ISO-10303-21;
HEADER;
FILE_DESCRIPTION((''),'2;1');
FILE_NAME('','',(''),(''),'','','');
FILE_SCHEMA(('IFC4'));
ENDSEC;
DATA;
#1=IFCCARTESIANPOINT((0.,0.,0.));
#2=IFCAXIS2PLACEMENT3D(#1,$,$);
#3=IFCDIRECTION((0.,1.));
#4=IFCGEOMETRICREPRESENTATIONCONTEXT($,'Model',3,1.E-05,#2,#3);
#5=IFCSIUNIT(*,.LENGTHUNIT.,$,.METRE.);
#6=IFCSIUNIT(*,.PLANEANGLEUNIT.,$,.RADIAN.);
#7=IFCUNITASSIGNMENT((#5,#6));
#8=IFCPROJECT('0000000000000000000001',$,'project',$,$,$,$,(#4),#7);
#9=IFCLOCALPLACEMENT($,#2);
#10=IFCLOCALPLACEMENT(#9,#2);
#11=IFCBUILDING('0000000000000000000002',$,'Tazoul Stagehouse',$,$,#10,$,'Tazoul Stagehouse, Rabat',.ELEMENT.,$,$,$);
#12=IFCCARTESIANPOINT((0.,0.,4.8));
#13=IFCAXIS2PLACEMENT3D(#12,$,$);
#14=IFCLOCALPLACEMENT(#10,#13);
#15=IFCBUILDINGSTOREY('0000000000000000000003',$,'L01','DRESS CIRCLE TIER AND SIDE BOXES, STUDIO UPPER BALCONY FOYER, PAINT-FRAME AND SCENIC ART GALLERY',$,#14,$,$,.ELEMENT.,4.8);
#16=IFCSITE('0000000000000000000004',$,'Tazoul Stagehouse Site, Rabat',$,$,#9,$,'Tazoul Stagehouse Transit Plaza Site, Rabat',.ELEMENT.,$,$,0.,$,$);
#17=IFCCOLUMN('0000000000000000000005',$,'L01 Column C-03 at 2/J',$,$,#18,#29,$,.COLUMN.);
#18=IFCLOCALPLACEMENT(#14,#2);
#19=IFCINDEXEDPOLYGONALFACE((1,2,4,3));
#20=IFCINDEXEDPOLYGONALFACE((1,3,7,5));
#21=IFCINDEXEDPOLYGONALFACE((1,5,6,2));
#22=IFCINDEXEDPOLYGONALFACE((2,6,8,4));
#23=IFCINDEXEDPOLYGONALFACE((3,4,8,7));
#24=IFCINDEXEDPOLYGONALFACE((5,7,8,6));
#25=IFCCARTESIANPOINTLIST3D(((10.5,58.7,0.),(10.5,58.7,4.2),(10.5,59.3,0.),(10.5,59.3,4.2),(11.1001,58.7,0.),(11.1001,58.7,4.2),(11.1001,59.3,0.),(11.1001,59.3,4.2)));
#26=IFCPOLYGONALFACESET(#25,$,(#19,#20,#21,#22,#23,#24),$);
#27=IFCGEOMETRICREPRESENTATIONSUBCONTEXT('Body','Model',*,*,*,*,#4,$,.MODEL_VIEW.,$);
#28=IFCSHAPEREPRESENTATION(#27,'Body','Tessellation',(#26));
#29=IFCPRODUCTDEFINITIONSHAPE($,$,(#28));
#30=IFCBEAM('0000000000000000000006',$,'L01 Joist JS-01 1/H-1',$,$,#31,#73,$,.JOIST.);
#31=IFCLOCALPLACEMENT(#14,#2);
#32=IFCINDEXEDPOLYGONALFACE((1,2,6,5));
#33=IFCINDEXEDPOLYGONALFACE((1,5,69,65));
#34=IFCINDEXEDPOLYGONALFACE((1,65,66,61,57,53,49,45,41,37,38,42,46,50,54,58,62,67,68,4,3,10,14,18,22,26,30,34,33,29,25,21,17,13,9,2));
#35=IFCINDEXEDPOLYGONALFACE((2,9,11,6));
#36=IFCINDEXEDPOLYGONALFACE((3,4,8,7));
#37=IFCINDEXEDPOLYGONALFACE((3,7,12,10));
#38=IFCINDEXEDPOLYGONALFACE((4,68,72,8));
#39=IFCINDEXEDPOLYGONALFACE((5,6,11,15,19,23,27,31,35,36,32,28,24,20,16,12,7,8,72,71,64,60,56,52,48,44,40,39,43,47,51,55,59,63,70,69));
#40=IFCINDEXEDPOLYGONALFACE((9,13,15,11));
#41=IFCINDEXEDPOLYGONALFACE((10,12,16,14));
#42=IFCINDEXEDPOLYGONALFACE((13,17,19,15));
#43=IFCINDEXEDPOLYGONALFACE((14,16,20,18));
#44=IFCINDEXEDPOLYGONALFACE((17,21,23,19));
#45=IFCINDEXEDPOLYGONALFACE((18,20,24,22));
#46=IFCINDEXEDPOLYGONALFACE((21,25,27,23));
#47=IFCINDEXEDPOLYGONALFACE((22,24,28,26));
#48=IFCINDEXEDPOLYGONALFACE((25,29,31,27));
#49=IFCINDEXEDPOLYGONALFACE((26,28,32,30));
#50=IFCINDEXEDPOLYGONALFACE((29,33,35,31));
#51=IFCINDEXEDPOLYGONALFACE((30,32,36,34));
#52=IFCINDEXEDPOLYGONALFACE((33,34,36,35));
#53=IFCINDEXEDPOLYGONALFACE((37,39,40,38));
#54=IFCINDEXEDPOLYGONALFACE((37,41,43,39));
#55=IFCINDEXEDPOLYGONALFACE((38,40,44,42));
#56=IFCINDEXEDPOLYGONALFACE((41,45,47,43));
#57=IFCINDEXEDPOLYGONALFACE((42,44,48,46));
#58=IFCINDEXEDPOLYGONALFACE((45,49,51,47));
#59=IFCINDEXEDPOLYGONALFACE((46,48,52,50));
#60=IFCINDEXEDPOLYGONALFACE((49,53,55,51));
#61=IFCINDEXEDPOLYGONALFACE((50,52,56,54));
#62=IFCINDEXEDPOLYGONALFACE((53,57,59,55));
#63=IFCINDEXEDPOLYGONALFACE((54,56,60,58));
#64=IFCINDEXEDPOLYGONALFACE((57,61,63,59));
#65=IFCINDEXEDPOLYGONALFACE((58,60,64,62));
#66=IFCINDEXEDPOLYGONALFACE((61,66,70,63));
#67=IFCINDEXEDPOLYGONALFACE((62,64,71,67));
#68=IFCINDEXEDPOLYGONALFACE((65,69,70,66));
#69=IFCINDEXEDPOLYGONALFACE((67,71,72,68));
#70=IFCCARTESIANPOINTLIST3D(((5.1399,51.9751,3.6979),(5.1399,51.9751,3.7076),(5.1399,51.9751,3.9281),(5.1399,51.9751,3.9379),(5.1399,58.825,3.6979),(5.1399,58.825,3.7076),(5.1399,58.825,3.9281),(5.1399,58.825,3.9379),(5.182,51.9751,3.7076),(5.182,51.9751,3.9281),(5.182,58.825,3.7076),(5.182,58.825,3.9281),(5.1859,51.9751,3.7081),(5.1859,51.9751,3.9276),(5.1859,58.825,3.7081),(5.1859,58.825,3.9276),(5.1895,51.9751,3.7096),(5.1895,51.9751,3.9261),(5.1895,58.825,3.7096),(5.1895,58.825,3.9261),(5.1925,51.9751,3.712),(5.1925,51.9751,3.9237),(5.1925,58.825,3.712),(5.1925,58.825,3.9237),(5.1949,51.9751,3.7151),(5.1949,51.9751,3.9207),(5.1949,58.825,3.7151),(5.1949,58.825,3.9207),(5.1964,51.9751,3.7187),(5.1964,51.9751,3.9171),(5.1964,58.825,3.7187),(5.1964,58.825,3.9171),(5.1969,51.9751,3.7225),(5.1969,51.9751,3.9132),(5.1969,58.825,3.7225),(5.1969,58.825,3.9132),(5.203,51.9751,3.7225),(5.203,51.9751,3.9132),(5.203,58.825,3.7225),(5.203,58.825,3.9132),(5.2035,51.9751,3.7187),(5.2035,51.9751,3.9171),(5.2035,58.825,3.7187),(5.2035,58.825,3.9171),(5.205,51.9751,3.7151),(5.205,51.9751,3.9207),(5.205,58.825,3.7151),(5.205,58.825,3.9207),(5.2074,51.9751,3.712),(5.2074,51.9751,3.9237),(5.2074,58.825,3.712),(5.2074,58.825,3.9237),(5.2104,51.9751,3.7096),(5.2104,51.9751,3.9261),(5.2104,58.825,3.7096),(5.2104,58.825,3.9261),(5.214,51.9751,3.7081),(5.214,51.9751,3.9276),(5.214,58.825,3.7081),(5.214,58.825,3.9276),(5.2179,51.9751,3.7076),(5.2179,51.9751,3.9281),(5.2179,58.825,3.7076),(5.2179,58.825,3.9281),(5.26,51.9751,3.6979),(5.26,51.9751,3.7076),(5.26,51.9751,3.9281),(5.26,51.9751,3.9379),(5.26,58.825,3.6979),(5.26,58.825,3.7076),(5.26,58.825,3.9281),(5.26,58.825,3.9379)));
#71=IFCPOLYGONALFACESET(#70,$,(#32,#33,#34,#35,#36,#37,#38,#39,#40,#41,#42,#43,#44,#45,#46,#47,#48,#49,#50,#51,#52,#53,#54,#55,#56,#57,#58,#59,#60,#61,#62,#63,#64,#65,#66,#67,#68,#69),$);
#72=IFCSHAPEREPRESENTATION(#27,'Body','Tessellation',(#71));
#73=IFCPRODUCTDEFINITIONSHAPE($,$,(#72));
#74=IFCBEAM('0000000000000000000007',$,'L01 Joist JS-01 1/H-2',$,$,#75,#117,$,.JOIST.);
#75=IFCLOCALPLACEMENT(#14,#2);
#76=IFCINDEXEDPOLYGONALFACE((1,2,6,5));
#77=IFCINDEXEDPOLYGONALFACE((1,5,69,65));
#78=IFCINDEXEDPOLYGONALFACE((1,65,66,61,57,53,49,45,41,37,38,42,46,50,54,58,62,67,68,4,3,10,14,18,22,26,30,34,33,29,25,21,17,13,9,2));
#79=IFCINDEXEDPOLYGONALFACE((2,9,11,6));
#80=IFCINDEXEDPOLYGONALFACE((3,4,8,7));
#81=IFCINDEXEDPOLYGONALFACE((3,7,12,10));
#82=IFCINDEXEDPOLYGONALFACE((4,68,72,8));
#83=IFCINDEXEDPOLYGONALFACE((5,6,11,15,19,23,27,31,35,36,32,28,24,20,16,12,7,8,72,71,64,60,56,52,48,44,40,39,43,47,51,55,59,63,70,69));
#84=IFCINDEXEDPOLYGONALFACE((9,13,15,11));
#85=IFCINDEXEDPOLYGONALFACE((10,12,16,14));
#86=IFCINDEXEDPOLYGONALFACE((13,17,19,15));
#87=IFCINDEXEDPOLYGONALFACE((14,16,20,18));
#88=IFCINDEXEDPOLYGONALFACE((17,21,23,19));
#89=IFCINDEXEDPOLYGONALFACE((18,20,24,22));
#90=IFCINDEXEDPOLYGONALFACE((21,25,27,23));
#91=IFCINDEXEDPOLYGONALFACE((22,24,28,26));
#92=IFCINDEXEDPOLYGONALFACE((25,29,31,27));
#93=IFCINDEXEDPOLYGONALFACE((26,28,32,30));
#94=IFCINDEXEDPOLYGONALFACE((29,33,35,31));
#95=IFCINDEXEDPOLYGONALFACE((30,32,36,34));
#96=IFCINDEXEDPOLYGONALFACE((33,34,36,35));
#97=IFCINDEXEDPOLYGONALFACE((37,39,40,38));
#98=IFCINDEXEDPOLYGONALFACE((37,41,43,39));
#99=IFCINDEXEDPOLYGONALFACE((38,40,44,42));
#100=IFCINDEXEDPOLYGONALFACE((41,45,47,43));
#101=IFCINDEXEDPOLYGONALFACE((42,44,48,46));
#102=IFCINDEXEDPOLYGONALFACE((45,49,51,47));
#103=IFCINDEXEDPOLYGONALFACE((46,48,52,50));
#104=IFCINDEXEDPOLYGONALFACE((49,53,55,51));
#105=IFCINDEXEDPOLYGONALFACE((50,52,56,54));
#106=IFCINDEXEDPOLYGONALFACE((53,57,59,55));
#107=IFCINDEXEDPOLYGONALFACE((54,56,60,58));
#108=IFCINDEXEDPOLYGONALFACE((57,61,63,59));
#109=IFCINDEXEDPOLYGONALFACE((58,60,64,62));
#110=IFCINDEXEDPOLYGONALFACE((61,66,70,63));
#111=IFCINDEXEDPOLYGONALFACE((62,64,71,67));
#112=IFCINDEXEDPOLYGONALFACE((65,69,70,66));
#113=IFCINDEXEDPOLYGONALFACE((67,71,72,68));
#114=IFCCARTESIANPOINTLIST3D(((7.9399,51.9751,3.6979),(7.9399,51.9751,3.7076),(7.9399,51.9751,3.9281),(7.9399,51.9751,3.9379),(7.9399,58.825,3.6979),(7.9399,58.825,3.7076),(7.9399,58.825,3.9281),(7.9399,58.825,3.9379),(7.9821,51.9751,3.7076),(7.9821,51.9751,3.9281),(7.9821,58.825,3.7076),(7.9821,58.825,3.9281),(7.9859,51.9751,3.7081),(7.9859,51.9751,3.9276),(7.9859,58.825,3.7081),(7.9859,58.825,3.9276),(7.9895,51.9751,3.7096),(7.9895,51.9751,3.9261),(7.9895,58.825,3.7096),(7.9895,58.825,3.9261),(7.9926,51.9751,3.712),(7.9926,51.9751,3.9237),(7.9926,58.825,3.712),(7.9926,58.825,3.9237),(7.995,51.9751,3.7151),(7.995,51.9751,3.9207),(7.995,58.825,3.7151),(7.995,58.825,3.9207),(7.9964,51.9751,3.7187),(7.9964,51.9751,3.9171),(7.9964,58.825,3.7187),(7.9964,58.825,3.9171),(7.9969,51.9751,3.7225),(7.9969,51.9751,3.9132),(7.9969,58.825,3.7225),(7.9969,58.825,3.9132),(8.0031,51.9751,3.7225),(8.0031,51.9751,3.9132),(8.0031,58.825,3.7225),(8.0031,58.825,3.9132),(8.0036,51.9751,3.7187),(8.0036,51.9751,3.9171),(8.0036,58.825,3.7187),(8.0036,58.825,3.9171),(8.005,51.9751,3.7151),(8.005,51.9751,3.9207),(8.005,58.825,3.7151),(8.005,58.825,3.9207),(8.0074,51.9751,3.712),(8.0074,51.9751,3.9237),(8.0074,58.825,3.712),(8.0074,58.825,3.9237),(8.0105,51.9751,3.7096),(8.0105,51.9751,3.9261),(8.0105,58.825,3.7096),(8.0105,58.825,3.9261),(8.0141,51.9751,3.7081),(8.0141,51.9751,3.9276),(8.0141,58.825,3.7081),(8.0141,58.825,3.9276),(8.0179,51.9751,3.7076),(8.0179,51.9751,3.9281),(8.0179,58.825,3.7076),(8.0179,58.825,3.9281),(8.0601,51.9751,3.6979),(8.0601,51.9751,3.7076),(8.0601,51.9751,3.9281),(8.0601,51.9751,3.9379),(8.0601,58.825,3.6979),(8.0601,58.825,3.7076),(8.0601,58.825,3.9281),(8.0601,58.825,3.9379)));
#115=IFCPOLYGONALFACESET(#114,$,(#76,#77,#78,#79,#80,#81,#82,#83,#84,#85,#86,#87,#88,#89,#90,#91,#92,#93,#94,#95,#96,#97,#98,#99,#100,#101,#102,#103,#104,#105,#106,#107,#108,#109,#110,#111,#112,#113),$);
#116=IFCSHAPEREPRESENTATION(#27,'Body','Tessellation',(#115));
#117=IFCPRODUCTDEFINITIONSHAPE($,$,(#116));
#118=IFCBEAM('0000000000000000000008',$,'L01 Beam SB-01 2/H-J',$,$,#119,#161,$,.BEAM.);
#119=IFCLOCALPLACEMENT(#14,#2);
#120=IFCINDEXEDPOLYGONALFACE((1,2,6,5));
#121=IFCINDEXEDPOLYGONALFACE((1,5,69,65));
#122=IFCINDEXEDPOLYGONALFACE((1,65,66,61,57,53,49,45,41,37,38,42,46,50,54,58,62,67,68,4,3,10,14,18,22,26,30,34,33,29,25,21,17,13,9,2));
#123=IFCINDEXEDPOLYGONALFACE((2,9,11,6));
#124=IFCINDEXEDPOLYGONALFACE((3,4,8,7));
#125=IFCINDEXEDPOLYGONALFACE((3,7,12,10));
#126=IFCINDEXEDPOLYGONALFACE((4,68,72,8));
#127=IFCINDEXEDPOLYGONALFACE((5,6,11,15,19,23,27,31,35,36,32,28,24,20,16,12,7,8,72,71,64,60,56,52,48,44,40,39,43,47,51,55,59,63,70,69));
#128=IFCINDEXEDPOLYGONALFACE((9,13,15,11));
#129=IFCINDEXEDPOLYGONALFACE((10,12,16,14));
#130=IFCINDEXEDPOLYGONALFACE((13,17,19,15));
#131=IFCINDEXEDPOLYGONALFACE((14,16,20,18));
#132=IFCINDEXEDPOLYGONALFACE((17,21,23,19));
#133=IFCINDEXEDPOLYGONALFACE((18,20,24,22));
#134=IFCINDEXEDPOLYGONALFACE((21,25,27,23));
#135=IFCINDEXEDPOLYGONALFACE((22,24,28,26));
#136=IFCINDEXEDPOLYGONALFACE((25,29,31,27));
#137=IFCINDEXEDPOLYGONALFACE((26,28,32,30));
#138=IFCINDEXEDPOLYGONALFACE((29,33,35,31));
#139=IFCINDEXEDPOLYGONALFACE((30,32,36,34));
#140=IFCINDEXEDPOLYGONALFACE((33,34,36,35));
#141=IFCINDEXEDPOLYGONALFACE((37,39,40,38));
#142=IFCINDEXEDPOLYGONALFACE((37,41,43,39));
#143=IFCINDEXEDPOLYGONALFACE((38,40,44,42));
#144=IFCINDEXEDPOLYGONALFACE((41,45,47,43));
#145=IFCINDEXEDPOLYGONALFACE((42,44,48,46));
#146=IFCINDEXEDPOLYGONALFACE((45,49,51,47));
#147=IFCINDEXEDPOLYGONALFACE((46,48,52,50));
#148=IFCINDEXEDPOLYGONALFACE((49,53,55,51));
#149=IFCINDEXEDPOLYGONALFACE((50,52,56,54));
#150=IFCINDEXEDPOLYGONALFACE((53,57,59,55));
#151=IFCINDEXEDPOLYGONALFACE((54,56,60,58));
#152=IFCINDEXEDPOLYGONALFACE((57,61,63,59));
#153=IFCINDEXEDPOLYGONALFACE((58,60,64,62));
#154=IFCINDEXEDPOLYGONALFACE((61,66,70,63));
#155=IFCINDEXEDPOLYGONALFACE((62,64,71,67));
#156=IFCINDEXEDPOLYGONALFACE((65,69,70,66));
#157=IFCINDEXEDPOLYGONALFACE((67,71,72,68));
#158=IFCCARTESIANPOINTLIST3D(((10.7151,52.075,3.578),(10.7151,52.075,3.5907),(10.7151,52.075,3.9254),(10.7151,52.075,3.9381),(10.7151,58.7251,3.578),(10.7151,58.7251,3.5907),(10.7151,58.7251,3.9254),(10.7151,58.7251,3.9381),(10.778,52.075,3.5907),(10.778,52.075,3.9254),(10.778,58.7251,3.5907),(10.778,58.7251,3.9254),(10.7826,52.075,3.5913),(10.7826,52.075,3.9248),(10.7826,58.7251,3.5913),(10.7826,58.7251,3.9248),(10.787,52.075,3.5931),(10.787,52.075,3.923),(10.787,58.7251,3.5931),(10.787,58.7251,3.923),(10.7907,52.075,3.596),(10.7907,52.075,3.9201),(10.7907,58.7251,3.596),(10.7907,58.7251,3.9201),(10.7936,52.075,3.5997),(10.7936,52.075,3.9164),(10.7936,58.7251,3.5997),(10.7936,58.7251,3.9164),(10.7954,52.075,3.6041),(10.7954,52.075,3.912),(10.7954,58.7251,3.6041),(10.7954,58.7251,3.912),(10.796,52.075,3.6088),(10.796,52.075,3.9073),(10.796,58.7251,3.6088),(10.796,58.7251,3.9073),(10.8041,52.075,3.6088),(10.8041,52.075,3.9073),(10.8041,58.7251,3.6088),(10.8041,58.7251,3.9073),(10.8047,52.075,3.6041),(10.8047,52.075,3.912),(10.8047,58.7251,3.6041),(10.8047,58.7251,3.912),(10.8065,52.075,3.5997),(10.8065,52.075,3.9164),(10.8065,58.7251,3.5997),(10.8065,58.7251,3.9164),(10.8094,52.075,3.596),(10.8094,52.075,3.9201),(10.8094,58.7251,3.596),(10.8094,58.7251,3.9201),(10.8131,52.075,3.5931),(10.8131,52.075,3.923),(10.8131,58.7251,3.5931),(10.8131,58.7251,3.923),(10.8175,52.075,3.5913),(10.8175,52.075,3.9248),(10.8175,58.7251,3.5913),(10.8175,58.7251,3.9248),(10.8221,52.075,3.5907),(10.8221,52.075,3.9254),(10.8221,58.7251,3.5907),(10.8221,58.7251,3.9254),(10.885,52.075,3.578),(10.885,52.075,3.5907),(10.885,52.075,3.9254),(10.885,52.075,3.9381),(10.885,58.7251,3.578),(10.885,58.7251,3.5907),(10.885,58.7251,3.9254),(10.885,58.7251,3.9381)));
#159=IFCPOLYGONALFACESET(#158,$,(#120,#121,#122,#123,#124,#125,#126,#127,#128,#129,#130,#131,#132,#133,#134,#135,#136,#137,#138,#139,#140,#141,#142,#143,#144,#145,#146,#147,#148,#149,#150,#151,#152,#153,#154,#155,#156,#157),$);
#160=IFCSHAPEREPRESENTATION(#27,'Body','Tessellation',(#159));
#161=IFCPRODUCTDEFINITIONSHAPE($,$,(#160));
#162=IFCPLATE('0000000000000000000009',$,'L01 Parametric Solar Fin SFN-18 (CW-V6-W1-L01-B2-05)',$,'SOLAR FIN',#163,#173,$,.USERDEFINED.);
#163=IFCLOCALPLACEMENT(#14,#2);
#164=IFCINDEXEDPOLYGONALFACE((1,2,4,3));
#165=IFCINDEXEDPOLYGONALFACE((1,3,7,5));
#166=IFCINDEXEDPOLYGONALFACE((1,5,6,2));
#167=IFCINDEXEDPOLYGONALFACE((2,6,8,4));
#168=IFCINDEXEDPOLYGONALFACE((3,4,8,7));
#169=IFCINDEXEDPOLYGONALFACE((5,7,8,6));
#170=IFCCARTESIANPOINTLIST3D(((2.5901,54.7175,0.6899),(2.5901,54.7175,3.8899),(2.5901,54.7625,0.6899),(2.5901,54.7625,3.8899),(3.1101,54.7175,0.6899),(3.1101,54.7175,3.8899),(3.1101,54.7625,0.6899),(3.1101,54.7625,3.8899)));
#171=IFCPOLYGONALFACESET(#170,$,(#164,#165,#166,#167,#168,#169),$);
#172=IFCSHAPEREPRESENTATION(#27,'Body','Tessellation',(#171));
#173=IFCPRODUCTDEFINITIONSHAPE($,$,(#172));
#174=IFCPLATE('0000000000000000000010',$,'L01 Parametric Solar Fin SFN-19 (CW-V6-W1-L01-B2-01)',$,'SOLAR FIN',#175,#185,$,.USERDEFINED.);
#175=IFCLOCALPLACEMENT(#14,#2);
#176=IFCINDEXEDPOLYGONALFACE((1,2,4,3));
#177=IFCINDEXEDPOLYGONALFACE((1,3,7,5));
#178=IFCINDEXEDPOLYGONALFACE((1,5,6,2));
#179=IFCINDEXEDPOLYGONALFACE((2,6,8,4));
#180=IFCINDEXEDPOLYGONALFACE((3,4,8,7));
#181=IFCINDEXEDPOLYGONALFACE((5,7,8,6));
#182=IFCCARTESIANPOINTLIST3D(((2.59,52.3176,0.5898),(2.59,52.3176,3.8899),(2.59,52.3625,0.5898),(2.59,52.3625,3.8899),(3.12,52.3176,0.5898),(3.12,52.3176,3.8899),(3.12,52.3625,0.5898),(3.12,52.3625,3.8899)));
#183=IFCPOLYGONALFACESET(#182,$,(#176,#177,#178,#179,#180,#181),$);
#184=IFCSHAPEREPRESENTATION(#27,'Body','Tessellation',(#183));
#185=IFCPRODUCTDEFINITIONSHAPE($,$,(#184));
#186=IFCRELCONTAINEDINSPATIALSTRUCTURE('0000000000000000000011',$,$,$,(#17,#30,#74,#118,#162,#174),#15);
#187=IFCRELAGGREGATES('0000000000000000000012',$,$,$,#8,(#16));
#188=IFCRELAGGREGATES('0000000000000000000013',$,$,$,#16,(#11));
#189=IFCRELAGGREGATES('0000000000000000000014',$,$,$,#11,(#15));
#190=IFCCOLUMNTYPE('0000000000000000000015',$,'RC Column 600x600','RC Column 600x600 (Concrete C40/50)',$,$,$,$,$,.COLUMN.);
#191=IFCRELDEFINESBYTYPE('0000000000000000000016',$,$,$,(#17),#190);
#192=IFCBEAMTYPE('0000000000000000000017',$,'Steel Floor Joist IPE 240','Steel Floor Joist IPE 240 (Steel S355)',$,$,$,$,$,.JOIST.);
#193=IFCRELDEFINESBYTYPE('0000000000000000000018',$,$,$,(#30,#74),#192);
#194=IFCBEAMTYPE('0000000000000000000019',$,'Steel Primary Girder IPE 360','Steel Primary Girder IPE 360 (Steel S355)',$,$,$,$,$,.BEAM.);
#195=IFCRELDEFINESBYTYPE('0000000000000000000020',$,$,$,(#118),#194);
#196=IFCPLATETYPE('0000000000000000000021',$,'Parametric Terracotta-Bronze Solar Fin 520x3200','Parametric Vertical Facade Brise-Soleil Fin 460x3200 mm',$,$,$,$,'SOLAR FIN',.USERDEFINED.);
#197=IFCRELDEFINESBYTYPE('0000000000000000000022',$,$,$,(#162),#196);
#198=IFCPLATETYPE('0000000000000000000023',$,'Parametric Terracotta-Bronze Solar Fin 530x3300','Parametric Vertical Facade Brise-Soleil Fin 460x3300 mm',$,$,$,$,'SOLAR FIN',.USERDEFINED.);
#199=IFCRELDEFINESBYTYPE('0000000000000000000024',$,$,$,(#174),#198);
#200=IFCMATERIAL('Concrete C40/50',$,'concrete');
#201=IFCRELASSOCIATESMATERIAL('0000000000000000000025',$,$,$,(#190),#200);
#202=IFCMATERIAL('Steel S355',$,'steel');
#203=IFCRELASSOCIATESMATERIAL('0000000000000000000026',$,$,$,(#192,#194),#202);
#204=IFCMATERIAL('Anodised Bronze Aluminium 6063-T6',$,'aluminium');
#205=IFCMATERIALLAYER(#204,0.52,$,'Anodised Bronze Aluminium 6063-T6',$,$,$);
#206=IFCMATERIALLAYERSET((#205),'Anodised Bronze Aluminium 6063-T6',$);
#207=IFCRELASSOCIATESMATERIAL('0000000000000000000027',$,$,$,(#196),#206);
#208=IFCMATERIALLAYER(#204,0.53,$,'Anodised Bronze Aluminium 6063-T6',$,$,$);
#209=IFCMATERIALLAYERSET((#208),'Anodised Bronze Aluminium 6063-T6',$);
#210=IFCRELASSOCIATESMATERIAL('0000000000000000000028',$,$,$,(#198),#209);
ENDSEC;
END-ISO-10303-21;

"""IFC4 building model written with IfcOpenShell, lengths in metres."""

from ifc_helpers import new_model, si_unit, direction, frame, origin, origin_2d, place, context, subcontext, project, spatial, rectangle, i_section, extrude, material, layer, layer_set, material_profile, profile_set, type_object, element, save


model = new_model("IFC4")

# Units and contexts
model_context = context("Model", 3, precision=1e-05, world=origin(), true_north=direction((0.0, 1.0)))
body_context = subcontext(model_context, "Body", "Model", "MODEL_VIEW")
ifc_project = project(units=[si_unit("LENGTHUNIT", "METRE"), si_unit("PLANEANGLEUNIT", "RADIAN")], contexts=[model_context])

# Site, building, storey
site_placement = place(None, origin())
site = spatial("IfcSite", under=ifc_project, at=site_placement, Name="Tazoul Stagehouse Site, Rabat", LongName="Tazoul Stagehouse Transit Plaza Site, Rabat", CompositionType="ELEMENT", RefElevation=0.0)
building_placement = place(site_placement, origin())
building = spatial("IfcBuilding", under=site, at=building_placement, Name="Tazoul Stagehouse", LongName="Tazoul Stagehouse, Rabat", CompositionType="ELEMENT")
storey_placement = place(building_placement, frame((0.0, 0.0, 4.8)))
storey = spatial("IfcBuildingStorey", under=building, at=storey_placement, Name="L01", Description="DRESS CIRCLE TIER AND SIDE BOXES, STUDIO UPPER BALCONY FOYER, PAINT-FRAME AND SCENIC ART GALLERY", CompositionType="ELEMENT", Elevation=4.8)

# Column
ifc_material_1 = material(Name="Concrete C40/50", Category="concrete")
ifc_material_profile_1 = material_profile(ifc_material_1, rectangle(XDim=0.6001, YDim=0.6001, at=origin_2d()), Name="RC 600x600")
ifc_profile_set_1 = profile_set([ifc_material_profile_1], Name="Concrete C40/50")
column_type = type_object("IfcColumnType", Name="RC Column 600x600", Description="RC Column 600x600 (Concrete C40/50)", PredefinedType="COLUMN", material=ifc_profile_set_1)
column_placement = place(storey_placement, frame((10.8, 59.0, 0.0), z_axis=(0.0, 0.0, 1.0), x_axis=(1.0, 0.0, 0.0)))
element("IfcColumn", 1, at=column_placement, inside=storey, type_object=column_type, Name="L01 Column C-03 at 2/J", PredefinedType="COLUMN", context=body_context, shape_type="SweptSolid", body=[
    extrude(rectangle(XDim=0.6001, YDim=0.6001, at=origin_2d()), origin(), (0.0, 0.0, 1.0), 4.2),
])

# Beams
ifc_material_2 = material(Name="Steel S355", Category="steel")
ifc_material_profile_2 = material_profile(ifc_material_2, i_section(OverallWidth=0.1201, OverallDepth=0.24, WebThickness=0.0061, FlangeThickness=0.0098, FilletRadius=0.0149, at=origin_2d()), Name="IPE 240")
ifc_profile_set_2 = profile_set([ifc_material_profile_2], Name="Steel S355")
beam_type_1 = type_object("IfcBeamType", Name="Steel Floor Joist IPE 240", Description="Steel Floor Joist IPE 240 (Steel S355)", PredefinedType="JOIST", material=ifc_profile_set_2)
for number, where, z_axis, x_axis, name in (
    (2, (5.2, 51.9751, 3.8179), (0.0, 1.0, 0.0), (-1.0, 0.0, 0.0), "L01 Joist JS-01 1/H-1"),
    (3, (8.0, 51.9751, 3.8179), (0.0, 1.0, 0.0), (-1.0, 0.0, 0.0), "L01 Joist JS-01 1/H-2"),
):
    element("IfcBeam", number, at=place(storey_placement, frame(where, z_axis=z_axis, x_axis=x_axis)), inside=storey, type_object=beam_type_1, Name=name, PredefinedType="JOIST", context=body_context, shape_type="SweptSolid", body=[
        extrude(i_section(OverallWidth=0.1201, OverallDepth=0.24, WebThickness=0.0061, FlangeThickness=0.0098, FilletRadius=0.0149, at=origin_2d()), origin(), (0.0, 0.0, 1.0), 6.8499),
    ])
ifc_material_profile_3 = material_profile(ifc_material_2, i_section(OverallWidth=0.1699, OverallDepth=0.3601, WebThickness=0.0081, FlangeThickness=0.0127, FilletRadius=0.0181, at=origin_2d()), Name="IPE 360")
ifc_profile_set_3 = profile_set([ifc_material_profile_3], Name="Steel S355")
beam_type_2 = type_object("IfcBeamType", Name="Steel Primary Girder IPE 360", Description="Steel Primary Girder IPE 360 (Steel S355)", PredefinedType="BEAM", material=ifc_profile_set_3)
beam_placement = place(storey_placement, frame((10.8, 52.075, 3.7581), z_axis=(0.0, 1.0, 0.0), x_axis=(-1.0, 0.0, 0.0)))
element("IfcBeam", 4, at=beam_placement, inside=storey, type_object=beam_type_2, Name="L01 Beam SB-01 2/H-J", PredefinedType="BEAM", context=body_context, shape_type="SweptSolid", body=[
    extrude(i_section(OverallWidth=0.1699, OverallDepth=0.3601, WebThickness=0.0081, FlangeThickness=0.0127, FilletRadius=0.0181, at=origin_2d()), origin(), (0.0, 0.0, 1.0), 6.6501),
])

# Plates
ifc_material_3 = material(Name="Anodised Bronze Aluminium 6063-T6", Category="aluminium")
ifc_layer_1 = layer(ifc_material_3, 0.52, Name="Anodised Bronze Aluminium 6063-T6")
ifc_layer_set_1 = layer_set([ifc_layer_1], Name="Anodised Bronze Aluminium 6063-T6")
plate_type_1 = type_object("IfcPlateType", Name="Parametric Terracotta-Bronze Solar Fin 520x3200", Description="Parametric Vertical Facade Brise-Soleil Fin 460x3200 mm", ElementType="SOLAR FIN", PredefinedType="USERDEFINED", material=ifc_layer_set_1)
plate_placement = place(storey_placement, frame((2.8501, 54.74, 0.6899), z_axis=(0.0, 0.0, 1.0), x_axis=(0.0, 1.0, 0.0)))
element("IfcPlate", 5, at=plate_placement, inside=storey, type_object=plate_type_1, Name="L01 Parametric Solar Fin SFN-18 (CW-V6-W1-L01-B2-05)", ObjectType="SOLAR FIN", PredefinedType="USERDEFINED", context=body_context, shape_type="SweptSolid", body=[
    extrude(rectangle(XDim=0.0449, YDim=0.52, at=origin_2d()), origin(), (0.0, 0.0, 1.0), 3.2),
])
ifc_layer_2 = layer(ifc_material_3, 0.53, Name="Anodised Bronze Aluminium 6063-T6")
ifc_layer_set_2 = layer_set([ifc_layer_2], Name="Anodised Bronze Aluminium 6063-T6")
plate_type_2 = type_object("IfcPlateType", Name="Parametric Terracotta-Bronze Solar Fin 530x3300", Description="Parametric Vertical Facade Brise-Soleil Fin 460x3300 mm", ElementType="SOLAR FIN", PredefinedType="USERDEFINED", material=ifc_layer_set_2)
for number, where, z_axis, x_axis, name in (
    (6, (2.855, 52.3401, 0.5898), (0.0, 0.0, 1.0), (0.0, 1.0, 0.0), "L01 Parametric Solar Fin SFN-19 (CW-V6-W1-L01-B2-01)"),
):
    element("IfcPlate", number, at=place(storey_placement, frame(where, z_axis=z_axis, x_axis=x_axis)), inside=storey, type_object=plate_type_2, Name=name, ObjectType="SOLAR FIN", PredefinedType="USERDEFINED", context=body_context, shape_type="SweptSolid", body=[
        extrude(rectangle(XDim=0.0449, YDim=0.53, at=origin_2d()), origin(), (0.0, 0.0, 1.0), 3.3),
    ])

save(model, "model.ifc")
